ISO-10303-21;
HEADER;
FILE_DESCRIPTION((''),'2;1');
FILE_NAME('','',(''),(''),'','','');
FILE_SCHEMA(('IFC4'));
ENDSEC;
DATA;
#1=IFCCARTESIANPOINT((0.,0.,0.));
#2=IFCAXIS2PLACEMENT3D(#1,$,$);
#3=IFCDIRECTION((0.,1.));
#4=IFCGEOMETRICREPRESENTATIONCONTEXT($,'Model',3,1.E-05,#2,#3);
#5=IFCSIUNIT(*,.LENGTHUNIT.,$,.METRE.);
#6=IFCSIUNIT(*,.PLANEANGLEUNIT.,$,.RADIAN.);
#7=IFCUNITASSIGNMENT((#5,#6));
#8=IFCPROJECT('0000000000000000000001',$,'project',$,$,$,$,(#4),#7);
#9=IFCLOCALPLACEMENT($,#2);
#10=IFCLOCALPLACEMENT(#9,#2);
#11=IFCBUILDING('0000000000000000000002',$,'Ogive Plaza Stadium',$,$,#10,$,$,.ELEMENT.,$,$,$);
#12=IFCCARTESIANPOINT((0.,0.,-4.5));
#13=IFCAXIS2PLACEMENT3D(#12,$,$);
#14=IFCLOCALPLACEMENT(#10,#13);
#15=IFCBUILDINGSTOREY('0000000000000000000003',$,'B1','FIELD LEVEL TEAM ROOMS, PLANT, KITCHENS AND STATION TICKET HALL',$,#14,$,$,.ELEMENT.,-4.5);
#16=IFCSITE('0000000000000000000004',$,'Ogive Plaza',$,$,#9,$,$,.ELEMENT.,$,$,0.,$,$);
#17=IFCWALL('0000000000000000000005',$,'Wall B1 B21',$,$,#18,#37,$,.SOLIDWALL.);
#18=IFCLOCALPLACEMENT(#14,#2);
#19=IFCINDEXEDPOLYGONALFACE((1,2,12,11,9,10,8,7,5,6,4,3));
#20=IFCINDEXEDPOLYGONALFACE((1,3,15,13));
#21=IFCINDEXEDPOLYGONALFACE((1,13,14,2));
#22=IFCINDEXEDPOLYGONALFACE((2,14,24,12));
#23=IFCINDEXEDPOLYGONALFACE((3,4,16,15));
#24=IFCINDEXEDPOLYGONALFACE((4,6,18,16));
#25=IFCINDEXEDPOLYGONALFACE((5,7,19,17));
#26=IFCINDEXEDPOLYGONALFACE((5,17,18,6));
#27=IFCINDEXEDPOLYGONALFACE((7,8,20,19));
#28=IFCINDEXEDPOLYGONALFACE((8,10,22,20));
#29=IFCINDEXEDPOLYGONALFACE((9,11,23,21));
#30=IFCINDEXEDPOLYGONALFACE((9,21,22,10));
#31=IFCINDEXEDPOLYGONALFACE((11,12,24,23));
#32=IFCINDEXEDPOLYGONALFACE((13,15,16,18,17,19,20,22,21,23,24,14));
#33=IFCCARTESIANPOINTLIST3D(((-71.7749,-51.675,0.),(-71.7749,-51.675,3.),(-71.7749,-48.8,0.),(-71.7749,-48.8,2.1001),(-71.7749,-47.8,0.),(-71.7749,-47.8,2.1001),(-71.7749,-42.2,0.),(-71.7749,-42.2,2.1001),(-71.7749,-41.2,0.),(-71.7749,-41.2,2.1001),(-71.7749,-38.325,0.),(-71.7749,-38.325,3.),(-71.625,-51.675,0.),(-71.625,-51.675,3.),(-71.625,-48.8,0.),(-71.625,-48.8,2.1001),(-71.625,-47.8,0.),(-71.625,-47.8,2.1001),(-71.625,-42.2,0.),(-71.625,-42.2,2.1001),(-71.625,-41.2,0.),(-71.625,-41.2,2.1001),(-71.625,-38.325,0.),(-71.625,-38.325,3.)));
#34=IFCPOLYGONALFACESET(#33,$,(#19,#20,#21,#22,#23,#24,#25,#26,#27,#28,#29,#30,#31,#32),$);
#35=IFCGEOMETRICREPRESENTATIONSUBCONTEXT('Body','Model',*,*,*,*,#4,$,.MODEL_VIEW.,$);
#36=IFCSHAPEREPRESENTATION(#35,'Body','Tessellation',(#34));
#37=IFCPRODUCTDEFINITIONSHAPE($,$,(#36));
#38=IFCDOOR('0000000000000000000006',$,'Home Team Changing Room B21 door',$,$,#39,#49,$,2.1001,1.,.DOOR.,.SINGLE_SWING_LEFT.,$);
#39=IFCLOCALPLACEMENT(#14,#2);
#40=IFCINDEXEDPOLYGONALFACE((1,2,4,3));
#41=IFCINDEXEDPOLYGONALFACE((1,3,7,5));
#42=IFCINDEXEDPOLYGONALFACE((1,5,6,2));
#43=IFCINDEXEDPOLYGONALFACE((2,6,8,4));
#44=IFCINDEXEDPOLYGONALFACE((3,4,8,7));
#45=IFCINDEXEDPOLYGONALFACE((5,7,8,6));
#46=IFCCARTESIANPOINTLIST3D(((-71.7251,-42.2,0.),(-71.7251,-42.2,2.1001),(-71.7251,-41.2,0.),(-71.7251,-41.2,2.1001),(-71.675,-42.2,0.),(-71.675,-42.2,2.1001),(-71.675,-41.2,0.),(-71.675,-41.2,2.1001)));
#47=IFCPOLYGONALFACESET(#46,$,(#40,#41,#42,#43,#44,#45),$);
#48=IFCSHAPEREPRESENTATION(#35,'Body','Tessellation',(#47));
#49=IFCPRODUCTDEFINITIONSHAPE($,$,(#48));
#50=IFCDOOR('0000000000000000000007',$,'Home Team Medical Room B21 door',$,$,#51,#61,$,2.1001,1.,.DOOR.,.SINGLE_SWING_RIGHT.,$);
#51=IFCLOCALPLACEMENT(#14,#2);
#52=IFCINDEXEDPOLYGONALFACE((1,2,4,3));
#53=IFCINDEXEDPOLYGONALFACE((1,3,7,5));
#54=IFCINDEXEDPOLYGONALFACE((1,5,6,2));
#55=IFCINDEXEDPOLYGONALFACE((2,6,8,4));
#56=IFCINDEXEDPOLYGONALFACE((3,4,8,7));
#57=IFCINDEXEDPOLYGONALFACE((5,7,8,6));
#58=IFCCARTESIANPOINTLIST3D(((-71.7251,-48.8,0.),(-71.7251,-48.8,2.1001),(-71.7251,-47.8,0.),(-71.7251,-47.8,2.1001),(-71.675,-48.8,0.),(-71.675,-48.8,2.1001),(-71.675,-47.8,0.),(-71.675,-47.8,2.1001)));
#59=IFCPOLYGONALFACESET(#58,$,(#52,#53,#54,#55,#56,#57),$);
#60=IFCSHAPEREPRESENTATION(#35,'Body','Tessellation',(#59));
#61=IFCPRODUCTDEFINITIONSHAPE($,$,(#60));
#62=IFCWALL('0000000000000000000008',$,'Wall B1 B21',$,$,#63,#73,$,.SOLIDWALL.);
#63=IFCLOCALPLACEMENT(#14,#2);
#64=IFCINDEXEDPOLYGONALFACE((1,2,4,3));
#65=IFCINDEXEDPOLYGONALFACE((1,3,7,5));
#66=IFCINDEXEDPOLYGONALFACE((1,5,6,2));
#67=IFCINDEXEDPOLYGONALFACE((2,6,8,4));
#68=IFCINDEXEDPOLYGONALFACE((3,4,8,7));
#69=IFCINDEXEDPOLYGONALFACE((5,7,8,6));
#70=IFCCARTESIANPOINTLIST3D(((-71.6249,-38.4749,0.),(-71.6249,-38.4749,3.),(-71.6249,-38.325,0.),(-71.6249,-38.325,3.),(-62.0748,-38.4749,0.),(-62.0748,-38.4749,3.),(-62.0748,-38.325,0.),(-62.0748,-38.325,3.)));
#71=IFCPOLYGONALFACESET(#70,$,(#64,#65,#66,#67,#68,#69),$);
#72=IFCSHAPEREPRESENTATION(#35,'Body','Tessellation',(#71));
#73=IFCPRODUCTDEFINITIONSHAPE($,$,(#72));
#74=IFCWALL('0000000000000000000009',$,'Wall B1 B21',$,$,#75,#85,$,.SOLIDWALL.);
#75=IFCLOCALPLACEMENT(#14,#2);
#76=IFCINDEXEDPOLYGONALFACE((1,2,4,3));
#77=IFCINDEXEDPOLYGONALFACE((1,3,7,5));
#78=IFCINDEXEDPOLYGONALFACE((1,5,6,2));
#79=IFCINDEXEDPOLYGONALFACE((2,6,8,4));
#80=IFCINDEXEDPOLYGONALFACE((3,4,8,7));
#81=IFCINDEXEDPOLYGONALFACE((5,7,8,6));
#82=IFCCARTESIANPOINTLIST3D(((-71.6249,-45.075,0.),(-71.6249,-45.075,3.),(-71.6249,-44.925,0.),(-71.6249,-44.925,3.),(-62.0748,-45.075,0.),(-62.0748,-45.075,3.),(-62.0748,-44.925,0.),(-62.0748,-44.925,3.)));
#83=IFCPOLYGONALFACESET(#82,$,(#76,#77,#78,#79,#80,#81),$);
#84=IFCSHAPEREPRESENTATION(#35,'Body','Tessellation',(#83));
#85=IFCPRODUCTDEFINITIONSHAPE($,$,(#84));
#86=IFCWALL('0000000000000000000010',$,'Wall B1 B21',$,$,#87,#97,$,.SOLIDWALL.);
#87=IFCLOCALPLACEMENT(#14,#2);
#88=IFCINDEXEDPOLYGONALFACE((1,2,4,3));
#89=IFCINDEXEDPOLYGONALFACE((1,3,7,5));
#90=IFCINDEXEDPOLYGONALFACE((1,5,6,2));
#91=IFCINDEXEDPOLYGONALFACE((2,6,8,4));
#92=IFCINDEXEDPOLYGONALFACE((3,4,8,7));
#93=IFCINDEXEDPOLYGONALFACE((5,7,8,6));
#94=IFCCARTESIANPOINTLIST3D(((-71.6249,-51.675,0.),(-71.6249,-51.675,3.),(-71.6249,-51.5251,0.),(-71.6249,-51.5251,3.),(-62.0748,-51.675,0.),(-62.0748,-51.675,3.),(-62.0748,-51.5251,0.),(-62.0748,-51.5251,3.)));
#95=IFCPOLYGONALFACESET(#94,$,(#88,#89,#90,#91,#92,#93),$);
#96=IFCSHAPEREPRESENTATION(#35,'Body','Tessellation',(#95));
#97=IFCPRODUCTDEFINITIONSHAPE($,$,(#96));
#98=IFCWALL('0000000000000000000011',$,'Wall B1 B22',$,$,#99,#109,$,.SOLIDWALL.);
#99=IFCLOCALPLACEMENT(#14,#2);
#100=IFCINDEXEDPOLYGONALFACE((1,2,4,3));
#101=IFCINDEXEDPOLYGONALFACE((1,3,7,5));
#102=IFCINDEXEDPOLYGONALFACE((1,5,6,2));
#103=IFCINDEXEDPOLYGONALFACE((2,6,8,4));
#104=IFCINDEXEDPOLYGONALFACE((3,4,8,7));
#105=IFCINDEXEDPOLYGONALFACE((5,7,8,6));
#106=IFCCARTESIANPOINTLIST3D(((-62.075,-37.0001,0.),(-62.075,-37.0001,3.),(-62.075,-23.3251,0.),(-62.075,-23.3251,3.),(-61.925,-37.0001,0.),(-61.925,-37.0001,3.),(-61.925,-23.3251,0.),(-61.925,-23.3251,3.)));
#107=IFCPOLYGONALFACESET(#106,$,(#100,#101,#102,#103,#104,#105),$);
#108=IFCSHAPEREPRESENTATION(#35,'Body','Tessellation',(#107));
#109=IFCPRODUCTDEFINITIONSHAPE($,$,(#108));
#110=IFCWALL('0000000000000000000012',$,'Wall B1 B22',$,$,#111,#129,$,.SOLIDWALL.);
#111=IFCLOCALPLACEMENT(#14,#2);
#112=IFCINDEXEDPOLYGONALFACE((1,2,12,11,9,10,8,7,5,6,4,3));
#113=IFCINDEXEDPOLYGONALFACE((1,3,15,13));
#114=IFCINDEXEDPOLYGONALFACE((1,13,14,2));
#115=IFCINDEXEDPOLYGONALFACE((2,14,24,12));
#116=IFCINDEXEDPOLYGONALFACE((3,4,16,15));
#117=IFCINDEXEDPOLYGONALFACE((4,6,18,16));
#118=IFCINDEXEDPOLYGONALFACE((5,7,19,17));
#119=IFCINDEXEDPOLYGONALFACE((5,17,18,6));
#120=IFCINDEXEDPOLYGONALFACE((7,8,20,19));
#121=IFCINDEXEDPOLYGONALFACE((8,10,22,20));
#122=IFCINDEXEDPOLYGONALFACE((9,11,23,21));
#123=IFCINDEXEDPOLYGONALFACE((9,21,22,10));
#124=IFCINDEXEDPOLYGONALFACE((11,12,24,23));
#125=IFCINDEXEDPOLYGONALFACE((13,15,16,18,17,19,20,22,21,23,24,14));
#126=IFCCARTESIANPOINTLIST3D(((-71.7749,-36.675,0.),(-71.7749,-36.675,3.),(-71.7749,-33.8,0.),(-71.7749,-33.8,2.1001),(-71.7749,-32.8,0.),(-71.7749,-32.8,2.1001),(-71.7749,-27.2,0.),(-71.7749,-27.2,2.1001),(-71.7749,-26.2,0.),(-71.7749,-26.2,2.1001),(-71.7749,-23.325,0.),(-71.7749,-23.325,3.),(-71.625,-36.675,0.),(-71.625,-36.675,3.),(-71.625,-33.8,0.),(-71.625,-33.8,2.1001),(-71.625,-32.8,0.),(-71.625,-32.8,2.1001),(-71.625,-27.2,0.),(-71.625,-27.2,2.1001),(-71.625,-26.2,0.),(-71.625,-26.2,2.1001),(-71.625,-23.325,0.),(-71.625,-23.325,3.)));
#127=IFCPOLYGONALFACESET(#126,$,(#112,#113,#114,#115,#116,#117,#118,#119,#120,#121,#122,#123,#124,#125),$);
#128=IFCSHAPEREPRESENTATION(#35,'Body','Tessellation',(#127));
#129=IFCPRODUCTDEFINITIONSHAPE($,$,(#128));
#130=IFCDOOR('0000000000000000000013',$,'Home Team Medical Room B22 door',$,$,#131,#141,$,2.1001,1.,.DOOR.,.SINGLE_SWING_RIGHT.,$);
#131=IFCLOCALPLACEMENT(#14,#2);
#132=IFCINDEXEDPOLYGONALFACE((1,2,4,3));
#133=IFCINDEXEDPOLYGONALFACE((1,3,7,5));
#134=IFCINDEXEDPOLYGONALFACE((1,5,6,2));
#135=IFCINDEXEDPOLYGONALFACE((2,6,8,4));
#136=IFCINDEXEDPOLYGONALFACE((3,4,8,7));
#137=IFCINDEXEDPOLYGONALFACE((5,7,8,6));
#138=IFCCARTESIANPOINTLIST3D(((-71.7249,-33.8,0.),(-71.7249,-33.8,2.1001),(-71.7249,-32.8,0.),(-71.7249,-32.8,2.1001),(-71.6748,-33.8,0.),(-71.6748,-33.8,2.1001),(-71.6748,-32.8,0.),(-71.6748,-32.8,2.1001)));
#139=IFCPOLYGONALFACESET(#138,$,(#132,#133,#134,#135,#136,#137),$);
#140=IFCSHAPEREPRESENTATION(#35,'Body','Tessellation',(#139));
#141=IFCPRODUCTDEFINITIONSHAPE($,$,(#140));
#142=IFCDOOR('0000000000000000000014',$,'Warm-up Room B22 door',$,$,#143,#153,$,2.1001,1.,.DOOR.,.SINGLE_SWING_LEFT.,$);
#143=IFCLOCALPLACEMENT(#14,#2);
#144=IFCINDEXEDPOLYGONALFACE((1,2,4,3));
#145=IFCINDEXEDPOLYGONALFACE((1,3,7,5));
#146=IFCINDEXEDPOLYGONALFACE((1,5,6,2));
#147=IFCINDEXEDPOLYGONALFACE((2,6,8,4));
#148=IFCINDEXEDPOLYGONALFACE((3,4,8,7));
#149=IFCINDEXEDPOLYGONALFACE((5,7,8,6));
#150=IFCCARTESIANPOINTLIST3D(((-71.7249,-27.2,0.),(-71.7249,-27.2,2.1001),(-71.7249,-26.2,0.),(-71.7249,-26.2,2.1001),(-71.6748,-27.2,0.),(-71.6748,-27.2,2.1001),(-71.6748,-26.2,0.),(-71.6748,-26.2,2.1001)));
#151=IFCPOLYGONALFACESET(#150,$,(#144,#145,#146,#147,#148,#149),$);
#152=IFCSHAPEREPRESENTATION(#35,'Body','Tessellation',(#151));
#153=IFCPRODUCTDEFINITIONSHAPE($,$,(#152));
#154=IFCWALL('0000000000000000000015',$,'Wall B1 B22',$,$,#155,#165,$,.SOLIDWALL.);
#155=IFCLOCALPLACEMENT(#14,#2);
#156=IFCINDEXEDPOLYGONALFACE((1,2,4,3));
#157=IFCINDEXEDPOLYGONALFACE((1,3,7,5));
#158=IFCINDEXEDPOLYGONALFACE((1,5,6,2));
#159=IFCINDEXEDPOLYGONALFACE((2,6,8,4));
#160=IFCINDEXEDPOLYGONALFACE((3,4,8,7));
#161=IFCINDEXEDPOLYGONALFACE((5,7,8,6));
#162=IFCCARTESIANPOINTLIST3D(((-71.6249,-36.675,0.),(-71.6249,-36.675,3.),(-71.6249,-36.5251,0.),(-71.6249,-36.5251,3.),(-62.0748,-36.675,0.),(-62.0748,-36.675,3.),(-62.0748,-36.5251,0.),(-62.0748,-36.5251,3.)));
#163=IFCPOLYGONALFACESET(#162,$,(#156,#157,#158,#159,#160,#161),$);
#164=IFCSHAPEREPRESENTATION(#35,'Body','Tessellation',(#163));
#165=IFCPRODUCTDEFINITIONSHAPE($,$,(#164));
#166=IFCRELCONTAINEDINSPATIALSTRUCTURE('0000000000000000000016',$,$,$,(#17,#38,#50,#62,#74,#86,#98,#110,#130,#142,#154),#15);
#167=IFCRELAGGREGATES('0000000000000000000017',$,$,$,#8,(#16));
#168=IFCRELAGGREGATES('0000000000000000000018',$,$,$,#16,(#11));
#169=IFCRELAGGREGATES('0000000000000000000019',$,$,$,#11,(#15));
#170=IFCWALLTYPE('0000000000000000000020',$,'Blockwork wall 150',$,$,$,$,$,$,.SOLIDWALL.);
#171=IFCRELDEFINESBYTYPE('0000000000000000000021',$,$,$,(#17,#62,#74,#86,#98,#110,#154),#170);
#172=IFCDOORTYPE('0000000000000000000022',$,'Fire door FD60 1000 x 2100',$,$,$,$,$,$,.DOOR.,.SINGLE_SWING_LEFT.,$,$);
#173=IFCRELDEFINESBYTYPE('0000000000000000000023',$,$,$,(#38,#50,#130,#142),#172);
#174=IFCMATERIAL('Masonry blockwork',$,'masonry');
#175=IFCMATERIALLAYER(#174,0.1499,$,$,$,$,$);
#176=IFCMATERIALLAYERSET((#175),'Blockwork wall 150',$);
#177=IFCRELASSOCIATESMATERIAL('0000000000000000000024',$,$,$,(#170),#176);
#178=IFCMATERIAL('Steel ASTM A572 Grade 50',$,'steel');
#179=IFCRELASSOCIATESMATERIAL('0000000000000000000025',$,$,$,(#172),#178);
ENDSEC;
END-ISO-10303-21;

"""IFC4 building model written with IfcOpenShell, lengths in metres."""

from ifc_helpers import new_model, si_unit, direction, frame, frame_2d, origin, place, context, subcontext, project, spatial, rectangle, extrude, material, layer, layer_set, type_object, element, fill, save


model = new_model("IFC4")

# Units and contexts
model_context = context("Model", 3, precision=1e-05, world=origin(), true_north=direction((0.0, 1.0)))
body_context = subcontext(model_context, "Body", "Model", "MODEL_VIEW")
ifc_project = project(units=[si_unit("LENGTHUNIT", "METRE"), si_unit("PLANEANGLEUNIT", "RADIAN")], contexts=[model_context])

# Site, building, storey
site_placement = place(None, origin())
site = spatial("IfcSite", under=ifc_project, at=site_placement, Name="Ogive Plaza", CompositionType="ELEMENT", RefElevation=0.0)
building_placement = place(site_placement, origin())
building = spatial("IfcBuilding", under=site, at=building_placement, Name="Ogive Plaza Stadium", CompositionType="ELEMENT")
storey_placement = place(building_placement, frame((0.0, 0.0, -4.5)))
storey = spatial("IfcBuildingStorey", under=building, at=storey_placement, Name="B1", Description="FIELD LEVEL TEAM ROOMS, PLANT, KITCHENS AND STATION TICKET HALL", CompositionType="ELEMENT", Elevation=-4.5)

# Shared definitions
ifc_material_1 = material(Name="Masonry blockwork", Category="masonry")
ifc_layer_1 = layer(ifc_material_1, 0.1499)
ifc_layer_set_1 = layer_set([ifc_layer_1], Name="Blockwork wall 150")
wall_type = type_object("IfcWallType", Name="Blockwork wall 150", PredefinedType="SOLIDWALL", material=ifc_layer_set_1)

# Wall, openings, doors
wall_1_placement = place(storey_placement, frame((-71.7, -38.325, 0.0), z_axis=(0.0, 0.0, 1.0), x_axis=(0.0, -1.0, 0.0)))
wall_1 = element("IfcWall", 1, at=wall_1_placement, inside=storey, type_object=wall_type, Name="Wall B1 B21", PredefinedType="SOLIDWALL", context=body_context, shape_type="SweptSolid", body=[
    extrude(rectangle(XDim=13.3501, YDim=0.1499, at=frame_2d((6.675, 0.0))), origin(), (0.0, 0.0, 1.0), 3.0),
])
opening_1_placement = place(wall_1_placement, frame((2.875, 0.0, 0.0)))
opening_1 = element("IfcOpeningElement", 2, at=opening_1_placement, cuts=wall_1, PredefinedType="OPENING", context=body_context, shape_type="SweptSolid", body=[
    extrude(rectangle(XDim=1.0, YDim=2.1001, at=frame_2d((0.5, 1.05))), frame((0.0, 0.075, 0.0), z_axis=(0.0, -1.0, 0.0), x_axis=(1.0, 0.0, 0.0)), (0.0, 0.0, 1.0), 0.1499),
])
opening_2_placement = place(wall_1_placement, frame((9.4751, 0.0, 0.0)))
opening_2 = element("IfcOpeningElement", 3, at=opening_2_placement, cuts=wall_1, PredefinedType="OPENING", context=body_context, shape_type="SweptSolid", body=[
    extrude(rectangle(XDim=1.0, YDim=2.1001, at=frame_2d((0.5, 1.05))), frame((0.0, 0.075, 0.0), z_axis=(0.0, -1.0, 0.0), x_axis=(1.0, 0.0, 0.0)), (0.0, 0.0, 1.0), 0.1499),
])
ifc_material_2 = material(Name="Steel ASTM A572 Grade 50", Category="steel")
door_type = type_object("IfcDoorType", Name="Fire door FD60 1000 x 2100", OperationType="SINGLE_SWING_LEFT", PredefinedType="DOOR", material=ifc_material_2)
door_1_placement = place(opening_1_placement, origin())
door_1 = element("IfcDoor", 4, at=door_1_placement, inside=storey, type_object=door_type, Name="Home Team Changing Room B21 door", OperationType="SINGLE_SWING_LEFT", OverallHeight=2.1001, OverallWidth=1.0, PredefinedType="DOOR", context=body_context, shape_type="SweptSolid", body=[
    extrude(rectangle(XDim=1.0, YDim=2.1001, at=frame_2d((0.5, 1.05))), frame((0.0, 0.0249, 0.0), z_axis=(0.0, -1.0, 0.0), x_axis=(1.0, 0.0, 0.0)), (0.0, 0.0, 1.0), 0.05),
])
fill(opening_1, door_1)
door_2_placement = place(opening_2_placement, origin())
door_2 = element("IfcDoor", 5, at=door_2_placement, inside=storey, type_object=door_type, Name="Home Team Medical Room B21 door", OperationType="SINGLE_SWING_RIGHT", OverallHeight=2.1001, OverallWidth=1.0, PredefinedType="DOOR", context=body_context, shape_type="SweptSolid", body=[
    extrude(rectangle(XDim=1.0, YDim=2.1001, at=frame_2d((0.5, 1.05))), frame((0.0, 0.0249, 0.0), z_axis=(0.0, -1.0, 0.0), x_axis=(1.0, 0.0, 0.0)), (0.0, 0.0, 1.0), 0.05),
])
fill(opening_2, door_2)

# Walls
for number, where, z_axis, x_axis, name in (
    (6, (-62.075, -38.3999, 0.0), (0.0, 0.0, 1.0), (-1.0, 0.0, 0.0), "Wall B1 B21"),
    (7, (-62.075, -45.0, 0.0), (0.0, 0.0, 1.0), (-1.0, 0.0, 0.0), "Wall B1 B21"),
    (8, (-62.075, -51.6001, 0.0), (0.0, 0.0, 1.0), (-1.0, 0.0, 0.0), "Wall B1 B21"),
):
    element("IfcWall", number, at=place(storey_placement, frame(where, z_axis=z_axis, x_axis=x_axis)), inside=storey, type_object=wall_type, Name=name, PredefinedType="SOLIDWALL", context=body_context, shape_type="SweptSolid", body=[
        extrude(rectangle(XDim=9.55, YDim=0.1499, at=frame_2d((4.7749, 0.0))), origin(), (0.0, 0.0, 1.0), 3.0),
    ])
wall_2_placement = place(storey_placement, frame((-62.0, -37.0, 0.0), z_axis=(0.0, 0.0, 1.0), x_axis=(0.0, 1.0, 0.0)))
element("IfcWall", 9, at=wall_2_placement, inside=storey, type_object=wall_type, Name="Wall B1 B22", PredefinedType="SOLIDWALL", context=body_context, shape_type="SweptSolid", body=[
    extrude(rectangle(XDim=13.675, YDim=0.1499, at=frame_2d((6.8374, 0.0))), origin(), (0.0, 0.0, 1.0), 3.0),
])

# Wall, openings, doors
wall_3_placement = place(storey_placement, frame((-71.7, -36.675, 0.0), z_axis=(0.0, 0.0, 1.0), x_axis=(0.0, 1.0, 0.0)))
wall_3 = element("IfcWall", 10, at=wall_3_placement, inside=storey, type_object=wall_type, Name="Wall B1 B22", PredefinedType="SOLIDWALL", context=body_context, shape_type="SweptSolid", body=[
    extrude(rectangle(XDim=13.3501, YDim=0.1499, at=frame_2d((6.675, 0.0))), origin(), (0.0, 0.0, 1.0), 3.0),
])
opening_3_placement = place(wall_3_placement, frame((2.875, 0.0, 0.0)))
opening_3 = element("IfcOpeningElement", 11, at=opening_3_placement, cuts=wall_3, PredefinedType="OPENING", context=body_context, shape_type="SweptSolid", body=[
    extrude(rectangle(XDim=1.0, YDim=2.1001, at=frame_2d((0.5, 1.05))), frame((0.0, 0.075, 0.0), z_axis=(0.0, -1.0, 0.0), x_axis=(1.0, 0.0, 0.0)), (0.0, 0.0, 1.0), 0.1499),
])
opening_4_placement = place(wall_3_placement, frame((9.4751, 0.0, 0.0)))
opening_4 = element("IfcOpeningElement", 12, at=opening_4_placement, cuts=wall_3, PredefinedType="OPENING", context=body_context, shape_type="SweptSolid", body=[
    extrude(rectangle(XDim=1.0, YDim=2.1001, at=frame_2d((0.5, 1.05))), frame((0.0, 0.075, 0.0), z_axis=(0.0, -1.0, 0.0), x_axis=(1.0, 0.0, 0.0)), (0.0, 0.0, 1.0), 0.1499),
])
door_3_placement = place(opening_3_placement, origin())
door_3 = element("IfcDoor", 13, at=door_3_placement, inside=storey, type_object=door_type, Name="Home Team Medical Room B22 door", OperationType="SINGLE_SWING_RIGHT", OverallHeight=2.1001, OverallWidth=1.0, PredefinedType="DOOR", context=body_context, shape_type="SweptSolid", body=[
    extrude(rectangle(XDim=1.0, YDim=2.1001, at=frame_2d((0.5, 1.05))), frame((0.0, 0.0249, 0.0), z_axis=(0.0, -1.0, 0.0), x_axis=(1.0, 0.0, 0.0)), (0.0, 0.0, 1.0), 0.05),
])
fill(opening_3, door_3)
door_4_placement = place(opening_4_placement, origin())
door_4 = element("IfcDoor", 14, at=door_4_placement, inside=storey, type_object=door_type, Name="Warm-up Room B22 door", OperationType="SINGLE_SWING_LEFT", OverallHeight=2.1001, OverallWidth=1.0, PredefinedType="DOOR", context=body_context, shape_type="SweptSolid", body=[
    extrude(rectangle(XDim=1.0, YDim=2.1001, at=frame_2d((0.5, 1.05))), frame((0.0, 0.0249, 0.0), z_axis=(0.0, -1.0, 0.0), x_axis=(1.0, 0.0, 0.0)), (0.0, 0.0, 1.0), 0.05),
])
fill(opening_4, door_4)

# Wall
wall_4_placement = place(storey_placement, frame((-62.075, -36.6001, 0.0), z_axis=(0.0, 0.0, 1.0), x_axis=(-1.0, 0.0, 0.0)))
element("IfcWall", 15, at=wall_4_placement, inside=storey, type_object=wall_type, Name="Wall B1 B22", PredefinedType="SOLIDWALL", context=body_context, shape_type="SweptSolid", body=[
    extrude(rectangle(XDim=9.55, YDim=0.1499, at=frame_2d((4.7749, 0.0))), origin(), (0.0, 0.0, 1.0), 3.0),
])

save(model, "model.ifc")
